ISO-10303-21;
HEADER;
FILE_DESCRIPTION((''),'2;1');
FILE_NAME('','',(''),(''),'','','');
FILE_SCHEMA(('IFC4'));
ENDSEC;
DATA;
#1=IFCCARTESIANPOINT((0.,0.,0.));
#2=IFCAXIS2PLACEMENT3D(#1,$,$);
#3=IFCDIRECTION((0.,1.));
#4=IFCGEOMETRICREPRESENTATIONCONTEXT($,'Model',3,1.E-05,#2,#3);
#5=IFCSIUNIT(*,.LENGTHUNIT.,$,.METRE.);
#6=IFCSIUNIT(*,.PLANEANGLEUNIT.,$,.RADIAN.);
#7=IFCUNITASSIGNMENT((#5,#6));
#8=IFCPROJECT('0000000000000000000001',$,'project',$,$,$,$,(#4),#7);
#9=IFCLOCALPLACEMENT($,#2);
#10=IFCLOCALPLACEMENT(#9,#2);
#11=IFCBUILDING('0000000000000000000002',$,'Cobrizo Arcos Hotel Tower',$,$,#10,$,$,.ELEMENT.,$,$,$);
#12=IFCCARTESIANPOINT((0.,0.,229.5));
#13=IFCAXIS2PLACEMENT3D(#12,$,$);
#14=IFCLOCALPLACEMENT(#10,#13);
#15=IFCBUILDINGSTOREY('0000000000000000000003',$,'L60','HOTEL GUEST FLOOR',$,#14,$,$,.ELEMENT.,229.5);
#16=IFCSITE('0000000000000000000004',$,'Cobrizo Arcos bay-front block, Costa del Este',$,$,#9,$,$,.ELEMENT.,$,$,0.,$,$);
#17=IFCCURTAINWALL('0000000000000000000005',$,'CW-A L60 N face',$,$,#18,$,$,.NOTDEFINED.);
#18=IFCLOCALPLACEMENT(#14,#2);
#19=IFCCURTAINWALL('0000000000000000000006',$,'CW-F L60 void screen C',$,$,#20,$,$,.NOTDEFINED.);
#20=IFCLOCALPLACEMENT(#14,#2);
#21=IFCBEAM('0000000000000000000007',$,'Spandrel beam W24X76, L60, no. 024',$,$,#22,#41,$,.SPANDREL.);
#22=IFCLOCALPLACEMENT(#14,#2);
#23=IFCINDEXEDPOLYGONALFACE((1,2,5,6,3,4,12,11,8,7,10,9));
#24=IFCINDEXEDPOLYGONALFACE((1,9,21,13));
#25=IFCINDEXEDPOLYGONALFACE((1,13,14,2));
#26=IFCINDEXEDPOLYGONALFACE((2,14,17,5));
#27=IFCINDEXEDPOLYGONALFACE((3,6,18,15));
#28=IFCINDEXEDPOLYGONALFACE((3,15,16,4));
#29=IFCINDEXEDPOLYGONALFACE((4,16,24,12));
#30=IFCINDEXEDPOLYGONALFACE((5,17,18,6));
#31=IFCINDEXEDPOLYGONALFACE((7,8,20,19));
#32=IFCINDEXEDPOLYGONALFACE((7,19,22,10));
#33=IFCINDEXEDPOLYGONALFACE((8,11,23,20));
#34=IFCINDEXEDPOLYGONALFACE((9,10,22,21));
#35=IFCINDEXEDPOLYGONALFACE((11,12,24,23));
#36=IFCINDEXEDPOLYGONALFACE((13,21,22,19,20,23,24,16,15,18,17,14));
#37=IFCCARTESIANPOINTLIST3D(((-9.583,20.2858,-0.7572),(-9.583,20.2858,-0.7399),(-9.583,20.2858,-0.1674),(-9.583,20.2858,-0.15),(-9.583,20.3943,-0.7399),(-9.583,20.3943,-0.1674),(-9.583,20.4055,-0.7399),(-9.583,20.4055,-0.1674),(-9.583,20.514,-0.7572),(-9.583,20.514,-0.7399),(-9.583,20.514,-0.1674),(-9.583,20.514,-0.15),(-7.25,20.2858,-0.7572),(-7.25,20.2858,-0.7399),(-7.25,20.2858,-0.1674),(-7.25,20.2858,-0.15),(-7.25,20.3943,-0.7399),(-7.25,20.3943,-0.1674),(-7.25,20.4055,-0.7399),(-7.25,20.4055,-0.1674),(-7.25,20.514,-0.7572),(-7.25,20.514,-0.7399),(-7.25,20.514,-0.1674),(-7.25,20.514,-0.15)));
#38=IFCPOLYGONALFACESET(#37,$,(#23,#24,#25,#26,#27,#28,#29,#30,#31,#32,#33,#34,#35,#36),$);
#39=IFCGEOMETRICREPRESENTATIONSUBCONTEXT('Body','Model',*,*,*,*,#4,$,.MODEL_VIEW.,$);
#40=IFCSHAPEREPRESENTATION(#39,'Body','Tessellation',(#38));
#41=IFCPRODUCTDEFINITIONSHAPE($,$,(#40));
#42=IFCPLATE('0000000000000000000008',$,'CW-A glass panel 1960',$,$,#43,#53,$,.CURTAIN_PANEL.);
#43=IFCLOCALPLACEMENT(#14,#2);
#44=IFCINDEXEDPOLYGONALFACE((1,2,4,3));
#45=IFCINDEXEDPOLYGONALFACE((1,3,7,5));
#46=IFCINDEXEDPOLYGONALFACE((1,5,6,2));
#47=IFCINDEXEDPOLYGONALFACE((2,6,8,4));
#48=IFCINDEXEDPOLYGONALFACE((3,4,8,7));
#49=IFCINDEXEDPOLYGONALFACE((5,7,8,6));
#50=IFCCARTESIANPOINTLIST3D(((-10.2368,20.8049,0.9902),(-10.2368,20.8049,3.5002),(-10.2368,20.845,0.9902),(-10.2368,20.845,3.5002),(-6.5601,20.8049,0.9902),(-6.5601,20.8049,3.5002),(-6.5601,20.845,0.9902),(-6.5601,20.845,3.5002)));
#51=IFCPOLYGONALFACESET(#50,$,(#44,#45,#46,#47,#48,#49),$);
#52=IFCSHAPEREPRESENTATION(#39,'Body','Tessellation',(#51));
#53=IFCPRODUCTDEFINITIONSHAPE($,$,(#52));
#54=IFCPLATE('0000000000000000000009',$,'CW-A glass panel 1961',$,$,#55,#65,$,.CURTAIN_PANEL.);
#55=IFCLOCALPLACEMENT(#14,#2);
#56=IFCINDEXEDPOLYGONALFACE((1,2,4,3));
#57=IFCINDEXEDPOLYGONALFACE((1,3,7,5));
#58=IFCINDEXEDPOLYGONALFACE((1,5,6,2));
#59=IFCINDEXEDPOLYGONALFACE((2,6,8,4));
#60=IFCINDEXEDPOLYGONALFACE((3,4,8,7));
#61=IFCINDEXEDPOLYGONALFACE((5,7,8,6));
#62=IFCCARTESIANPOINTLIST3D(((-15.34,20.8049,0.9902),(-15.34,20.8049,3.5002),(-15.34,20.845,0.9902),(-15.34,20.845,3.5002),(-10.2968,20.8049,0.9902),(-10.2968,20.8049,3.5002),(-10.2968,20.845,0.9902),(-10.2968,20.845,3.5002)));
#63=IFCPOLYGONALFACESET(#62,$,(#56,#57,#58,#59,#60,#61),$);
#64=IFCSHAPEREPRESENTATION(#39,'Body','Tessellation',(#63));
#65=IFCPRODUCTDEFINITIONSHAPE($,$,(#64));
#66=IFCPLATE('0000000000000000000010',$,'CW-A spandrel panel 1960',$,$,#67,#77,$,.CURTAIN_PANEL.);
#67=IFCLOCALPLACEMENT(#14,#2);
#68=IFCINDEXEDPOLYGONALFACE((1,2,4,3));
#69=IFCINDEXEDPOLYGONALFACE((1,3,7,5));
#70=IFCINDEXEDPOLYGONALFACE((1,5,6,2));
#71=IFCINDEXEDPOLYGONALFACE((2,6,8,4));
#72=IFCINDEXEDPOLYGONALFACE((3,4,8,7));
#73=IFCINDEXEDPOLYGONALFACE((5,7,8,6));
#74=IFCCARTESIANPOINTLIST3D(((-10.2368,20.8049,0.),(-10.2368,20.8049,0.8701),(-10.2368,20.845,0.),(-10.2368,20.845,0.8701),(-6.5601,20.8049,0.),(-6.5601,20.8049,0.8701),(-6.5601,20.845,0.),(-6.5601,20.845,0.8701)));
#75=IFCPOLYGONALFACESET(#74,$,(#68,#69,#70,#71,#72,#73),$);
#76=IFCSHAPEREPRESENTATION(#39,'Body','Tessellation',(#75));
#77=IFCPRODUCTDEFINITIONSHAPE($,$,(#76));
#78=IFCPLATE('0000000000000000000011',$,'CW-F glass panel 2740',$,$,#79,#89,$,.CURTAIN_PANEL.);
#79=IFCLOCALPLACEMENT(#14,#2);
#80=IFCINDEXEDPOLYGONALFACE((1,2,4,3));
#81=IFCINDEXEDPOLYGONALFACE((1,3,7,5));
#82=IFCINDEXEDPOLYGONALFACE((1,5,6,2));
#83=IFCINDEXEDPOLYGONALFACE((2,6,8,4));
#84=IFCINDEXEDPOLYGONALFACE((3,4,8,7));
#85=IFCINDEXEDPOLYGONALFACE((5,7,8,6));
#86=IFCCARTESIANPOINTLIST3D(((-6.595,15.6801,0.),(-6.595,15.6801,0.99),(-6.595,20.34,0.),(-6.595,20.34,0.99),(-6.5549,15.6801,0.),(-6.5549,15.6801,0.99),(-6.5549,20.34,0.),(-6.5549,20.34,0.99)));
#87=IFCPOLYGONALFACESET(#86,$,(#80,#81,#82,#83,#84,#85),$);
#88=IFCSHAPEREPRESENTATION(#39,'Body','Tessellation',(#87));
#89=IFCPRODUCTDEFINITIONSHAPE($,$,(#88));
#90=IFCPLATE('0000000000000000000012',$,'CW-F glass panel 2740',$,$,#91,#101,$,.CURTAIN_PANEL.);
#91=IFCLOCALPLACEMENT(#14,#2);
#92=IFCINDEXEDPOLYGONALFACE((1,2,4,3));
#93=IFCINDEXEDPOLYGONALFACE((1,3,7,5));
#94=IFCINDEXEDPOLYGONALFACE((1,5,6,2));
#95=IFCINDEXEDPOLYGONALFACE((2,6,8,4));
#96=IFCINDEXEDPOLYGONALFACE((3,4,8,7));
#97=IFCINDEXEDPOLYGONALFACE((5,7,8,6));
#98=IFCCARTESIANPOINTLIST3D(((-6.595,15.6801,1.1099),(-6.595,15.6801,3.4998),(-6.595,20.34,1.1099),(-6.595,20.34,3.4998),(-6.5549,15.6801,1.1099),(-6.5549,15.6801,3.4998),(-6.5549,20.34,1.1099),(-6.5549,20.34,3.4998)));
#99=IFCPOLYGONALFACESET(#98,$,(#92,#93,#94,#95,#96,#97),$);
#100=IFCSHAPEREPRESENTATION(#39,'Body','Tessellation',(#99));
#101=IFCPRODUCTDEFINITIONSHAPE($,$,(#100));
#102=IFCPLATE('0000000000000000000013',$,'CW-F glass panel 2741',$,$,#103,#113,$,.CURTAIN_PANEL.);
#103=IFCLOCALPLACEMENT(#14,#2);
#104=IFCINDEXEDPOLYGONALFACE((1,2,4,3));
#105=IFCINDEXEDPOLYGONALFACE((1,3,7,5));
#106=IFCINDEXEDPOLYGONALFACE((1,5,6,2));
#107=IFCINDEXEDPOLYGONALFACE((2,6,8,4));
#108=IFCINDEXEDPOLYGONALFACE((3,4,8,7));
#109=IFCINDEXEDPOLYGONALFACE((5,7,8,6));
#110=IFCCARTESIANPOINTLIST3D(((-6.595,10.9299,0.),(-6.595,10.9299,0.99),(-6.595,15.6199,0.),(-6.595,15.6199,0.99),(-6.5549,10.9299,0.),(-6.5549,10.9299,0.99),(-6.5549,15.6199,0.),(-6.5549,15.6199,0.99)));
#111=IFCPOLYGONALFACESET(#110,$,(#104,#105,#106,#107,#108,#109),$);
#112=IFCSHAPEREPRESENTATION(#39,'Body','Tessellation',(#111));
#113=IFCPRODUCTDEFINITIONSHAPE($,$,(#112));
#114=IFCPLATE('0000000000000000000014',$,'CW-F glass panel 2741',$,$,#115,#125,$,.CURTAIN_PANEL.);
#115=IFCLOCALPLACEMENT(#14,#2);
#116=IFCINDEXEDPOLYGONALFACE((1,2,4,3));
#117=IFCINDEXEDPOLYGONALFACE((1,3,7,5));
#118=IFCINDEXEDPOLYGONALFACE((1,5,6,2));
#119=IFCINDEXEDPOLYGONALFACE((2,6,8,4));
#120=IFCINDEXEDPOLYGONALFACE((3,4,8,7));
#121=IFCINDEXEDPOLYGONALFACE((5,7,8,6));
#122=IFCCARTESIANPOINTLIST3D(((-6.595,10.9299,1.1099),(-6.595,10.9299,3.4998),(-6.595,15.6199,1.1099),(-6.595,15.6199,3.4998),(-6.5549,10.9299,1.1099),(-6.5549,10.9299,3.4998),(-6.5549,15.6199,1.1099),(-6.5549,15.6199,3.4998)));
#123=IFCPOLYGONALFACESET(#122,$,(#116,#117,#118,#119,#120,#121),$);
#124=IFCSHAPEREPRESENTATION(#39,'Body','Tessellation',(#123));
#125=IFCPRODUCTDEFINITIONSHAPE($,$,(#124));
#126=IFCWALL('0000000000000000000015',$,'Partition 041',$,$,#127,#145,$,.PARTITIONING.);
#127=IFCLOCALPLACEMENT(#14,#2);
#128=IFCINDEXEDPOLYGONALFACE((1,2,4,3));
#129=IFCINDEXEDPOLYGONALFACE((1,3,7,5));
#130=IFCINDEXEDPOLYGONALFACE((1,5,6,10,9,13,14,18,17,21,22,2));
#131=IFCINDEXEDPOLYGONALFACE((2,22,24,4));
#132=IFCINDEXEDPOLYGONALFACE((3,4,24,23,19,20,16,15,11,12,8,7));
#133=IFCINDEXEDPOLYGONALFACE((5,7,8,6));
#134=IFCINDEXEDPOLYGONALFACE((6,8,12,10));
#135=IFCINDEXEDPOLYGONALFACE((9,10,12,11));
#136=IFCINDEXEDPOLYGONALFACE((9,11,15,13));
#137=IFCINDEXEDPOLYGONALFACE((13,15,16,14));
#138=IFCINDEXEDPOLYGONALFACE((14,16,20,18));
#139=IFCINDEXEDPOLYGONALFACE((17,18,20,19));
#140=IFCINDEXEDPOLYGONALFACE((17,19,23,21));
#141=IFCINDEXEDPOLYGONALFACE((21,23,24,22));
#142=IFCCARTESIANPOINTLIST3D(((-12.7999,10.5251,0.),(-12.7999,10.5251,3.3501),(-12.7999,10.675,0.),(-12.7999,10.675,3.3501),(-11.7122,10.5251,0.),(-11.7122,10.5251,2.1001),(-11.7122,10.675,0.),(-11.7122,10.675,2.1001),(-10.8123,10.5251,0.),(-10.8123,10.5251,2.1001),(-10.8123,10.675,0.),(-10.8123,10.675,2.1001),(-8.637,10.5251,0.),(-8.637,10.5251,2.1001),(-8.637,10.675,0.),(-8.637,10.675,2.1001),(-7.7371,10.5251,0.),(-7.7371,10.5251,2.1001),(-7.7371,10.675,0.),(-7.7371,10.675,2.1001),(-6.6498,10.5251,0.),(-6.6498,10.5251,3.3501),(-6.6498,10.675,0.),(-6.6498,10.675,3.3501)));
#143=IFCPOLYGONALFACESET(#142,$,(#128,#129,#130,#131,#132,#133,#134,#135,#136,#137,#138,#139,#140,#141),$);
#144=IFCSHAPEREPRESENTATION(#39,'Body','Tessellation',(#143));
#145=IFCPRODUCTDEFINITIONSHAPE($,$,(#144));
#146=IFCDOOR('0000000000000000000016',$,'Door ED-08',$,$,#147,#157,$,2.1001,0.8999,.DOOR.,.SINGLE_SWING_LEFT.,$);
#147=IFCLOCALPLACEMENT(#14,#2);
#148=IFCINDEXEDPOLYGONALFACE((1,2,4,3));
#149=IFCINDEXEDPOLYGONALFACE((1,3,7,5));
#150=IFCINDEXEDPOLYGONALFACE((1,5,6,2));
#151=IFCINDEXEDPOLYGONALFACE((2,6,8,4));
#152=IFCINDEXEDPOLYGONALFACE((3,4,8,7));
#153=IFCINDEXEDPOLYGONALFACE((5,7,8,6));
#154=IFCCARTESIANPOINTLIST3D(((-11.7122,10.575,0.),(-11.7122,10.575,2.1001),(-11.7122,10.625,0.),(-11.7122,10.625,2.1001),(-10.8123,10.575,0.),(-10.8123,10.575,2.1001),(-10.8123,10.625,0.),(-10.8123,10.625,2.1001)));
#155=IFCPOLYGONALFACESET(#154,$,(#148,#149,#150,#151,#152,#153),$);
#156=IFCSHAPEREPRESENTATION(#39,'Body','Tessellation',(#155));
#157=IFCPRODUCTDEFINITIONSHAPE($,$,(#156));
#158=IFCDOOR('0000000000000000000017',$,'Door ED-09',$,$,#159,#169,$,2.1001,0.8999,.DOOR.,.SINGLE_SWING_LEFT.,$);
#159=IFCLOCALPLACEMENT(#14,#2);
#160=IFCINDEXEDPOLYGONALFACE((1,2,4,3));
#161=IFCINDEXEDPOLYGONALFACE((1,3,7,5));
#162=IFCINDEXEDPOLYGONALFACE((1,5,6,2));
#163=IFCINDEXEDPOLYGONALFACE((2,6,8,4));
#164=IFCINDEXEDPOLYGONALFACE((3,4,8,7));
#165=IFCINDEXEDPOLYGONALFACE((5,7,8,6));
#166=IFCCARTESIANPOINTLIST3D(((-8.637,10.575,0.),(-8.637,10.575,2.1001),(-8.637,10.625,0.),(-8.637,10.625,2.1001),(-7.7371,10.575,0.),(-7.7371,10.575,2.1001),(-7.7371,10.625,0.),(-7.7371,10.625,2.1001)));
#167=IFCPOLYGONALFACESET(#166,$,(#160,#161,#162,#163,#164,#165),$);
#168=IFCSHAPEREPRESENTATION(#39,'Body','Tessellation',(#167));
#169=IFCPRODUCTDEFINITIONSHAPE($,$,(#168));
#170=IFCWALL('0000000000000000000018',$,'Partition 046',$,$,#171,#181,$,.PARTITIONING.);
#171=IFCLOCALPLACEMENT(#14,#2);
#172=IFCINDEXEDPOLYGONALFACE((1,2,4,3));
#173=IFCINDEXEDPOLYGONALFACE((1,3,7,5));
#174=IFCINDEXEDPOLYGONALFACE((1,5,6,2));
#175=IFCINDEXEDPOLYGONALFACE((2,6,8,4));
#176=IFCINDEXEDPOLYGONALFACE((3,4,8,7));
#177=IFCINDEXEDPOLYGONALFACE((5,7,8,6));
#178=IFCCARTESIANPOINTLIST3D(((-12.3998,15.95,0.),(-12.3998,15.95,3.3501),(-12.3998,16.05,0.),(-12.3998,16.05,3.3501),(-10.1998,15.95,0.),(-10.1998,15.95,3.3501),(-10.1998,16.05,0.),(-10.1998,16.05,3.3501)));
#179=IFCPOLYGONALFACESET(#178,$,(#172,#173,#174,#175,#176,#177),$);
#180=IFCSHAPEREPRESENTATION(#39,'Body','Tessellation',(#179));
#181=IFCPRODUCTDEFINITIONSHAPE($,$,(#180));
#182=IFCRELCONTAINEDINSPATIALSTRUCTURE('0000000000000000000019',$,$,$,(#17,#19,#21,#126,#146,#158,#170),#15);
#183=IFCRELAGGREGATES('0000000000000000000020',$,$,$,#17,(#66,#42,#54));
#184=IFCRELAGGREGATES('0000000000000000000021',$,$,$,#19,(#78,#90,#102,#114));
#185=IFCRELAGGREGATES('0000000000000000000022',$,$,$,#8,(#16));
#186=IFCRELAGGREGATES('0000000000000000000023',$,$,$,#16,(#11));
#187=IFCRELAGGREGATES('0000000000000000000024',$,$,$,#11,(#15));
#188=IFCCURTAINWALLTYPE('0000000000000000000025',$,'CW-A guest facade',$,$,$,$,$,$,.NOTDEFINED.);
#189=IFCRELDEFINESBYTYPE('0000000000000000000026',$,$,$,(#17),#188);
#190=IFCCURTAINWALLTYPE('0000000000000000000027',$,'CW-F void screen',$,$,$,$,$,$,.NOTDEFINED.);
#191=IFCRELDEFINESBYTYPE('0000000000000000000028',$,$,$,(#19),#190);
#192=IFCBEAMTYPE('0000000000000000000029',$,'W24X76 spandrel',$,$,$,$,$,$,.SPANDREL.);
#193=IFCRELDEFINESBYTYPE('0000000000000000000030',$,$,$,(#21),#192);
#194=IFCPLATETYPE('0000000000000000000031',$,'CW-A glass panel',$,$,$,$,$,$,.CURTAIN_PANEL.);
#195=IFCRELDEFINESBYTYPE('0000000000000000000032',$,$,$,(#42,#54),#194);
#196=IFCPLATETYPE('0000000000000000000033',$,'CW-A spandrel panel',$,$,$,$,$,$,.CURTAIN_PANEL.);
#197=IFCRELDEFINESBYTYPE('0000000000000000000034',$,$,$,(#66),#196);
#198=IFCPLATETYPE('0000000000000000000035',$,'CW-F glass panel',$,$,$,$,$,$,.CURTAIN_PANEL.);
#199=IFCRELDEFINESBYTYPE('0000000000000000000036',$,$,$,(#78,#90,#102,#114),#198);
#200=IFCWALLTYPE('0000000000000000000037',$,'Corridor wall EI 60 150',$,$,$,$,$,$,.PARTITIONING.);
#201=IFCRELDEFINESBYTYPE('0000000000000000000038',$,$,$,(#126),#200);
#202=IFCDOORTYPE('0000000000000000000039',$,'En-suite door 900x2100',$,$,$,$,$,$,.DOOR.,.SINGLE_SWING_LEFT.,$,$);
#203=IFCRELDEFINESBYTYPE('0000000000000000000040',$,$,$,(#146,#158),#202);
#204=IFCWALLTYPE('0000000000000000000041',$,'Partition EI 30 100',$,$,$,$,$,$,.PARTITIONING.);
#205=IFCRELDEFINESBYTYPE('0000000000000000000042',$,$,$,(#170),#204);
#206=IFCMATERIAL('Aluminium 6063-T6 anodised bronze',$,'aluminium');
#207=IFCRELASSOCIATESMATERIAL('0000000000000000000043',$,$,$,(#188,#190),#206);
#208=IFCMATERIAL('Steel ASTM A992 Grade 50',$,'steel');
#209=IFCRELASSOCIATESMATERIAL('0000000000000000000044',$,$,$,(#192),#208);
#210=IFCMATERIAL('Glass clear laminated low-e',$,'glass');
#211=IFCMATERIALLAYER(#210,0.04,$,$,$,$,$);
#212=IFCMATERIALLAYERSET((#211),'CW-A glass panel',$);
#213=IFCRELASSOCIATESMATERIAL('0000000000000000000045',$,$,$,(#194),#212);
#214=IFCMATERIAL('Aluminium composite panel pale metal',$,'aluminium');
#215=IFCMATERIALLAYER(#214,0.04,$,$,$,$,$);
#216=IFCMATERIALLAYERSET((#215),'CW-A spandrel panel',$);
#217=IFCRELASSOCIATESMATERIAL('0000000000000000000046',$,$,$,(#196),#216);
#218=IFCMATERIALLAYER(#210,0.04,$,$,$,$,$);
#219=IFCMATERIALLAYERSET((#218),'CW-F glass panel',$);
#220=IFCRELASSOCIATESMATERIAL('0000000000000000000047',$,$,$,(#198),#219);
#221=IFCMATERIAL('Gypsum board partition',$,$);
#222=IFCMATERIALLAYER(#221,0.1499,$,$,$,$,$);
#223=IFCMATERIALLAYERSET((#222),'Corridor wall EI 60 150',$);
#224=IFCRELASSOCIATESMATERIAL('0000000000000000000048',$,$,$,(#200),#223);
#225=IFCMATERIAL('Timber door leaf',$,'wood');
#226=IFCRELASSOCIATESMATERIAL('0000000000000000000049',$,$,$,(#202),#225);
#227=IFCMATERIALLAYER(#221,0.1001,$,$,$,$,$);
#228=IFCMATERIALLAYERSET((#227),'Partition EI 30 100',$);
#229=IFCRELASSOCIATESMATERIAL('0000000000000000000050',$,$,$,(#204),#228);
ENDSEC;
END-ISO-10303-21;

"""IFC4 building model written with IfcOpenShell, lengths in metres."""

from ifc_helpers import new_model, si_unit, direction, frame, frame_2d, origin, origin_2d, place, context, subcontext, project, spatial, rectangle, i_section, extrude, material, layer, layer_set, material_profile, profile_set, type_object, element, fill, aggregate, save


model = new_model("IFC4")

# Units and contexts
model_context = context("Model", 3, precision=1e-05, world=origin(), true_north=direction((0.0, 1.0)))
body_context = subcontext(model_context, "Body", "Model", "MODEL_VIEW")
ifc_project = project(units=[si_unit("LENGTHUNIT", "METRE"), si_unit("PLANEANGLEUNIT", "RADIAN")], contexts=[model_context])

# Site, building, storey
site_placement = place(None, origin())
site = spatial("IfcSite", under=ifc_project, at=site_placement, Name="Cobrizo Arcos bay-front block, Costa del Este", CompositionType="ELEMENT", RefElevation=0.0)
building_placement = place(site_placement, origin())
building = spatial("IfcBuilding", under=site, at=building_placement, Name="Cobrizo Arcos Hotel Tower", CompositionType="ELEMENT")
storey_placement = place(building_placement, frame((0.0, 0.0, 229.5)))
storey = spatial("IfcBuildingStorey", under=building, at=storey_placement, Name="L60", Description="HOTEL GUEST FLOOR", CompositionType="ELEMENT", Elevation=229.5)

# Shared definitions
ifc_material_1 = material(Name="Aluminium 6063-T6 anodised bronze", Category="aluminium")
curtain_wall_type_1 = type_object("IfcCurtainWallType", Name="CW-A guest facade", PredefinedType="NOTDEFINED", material=ifc_material_1)

# Curtain walls
curtain_wall_1_placement = place(storey_placement, origin())
curtain_wall_1 = element("IfcCurtainWall", 1, at=curtain_wall_1_placement, inside=storey, type_object=curtain_wall_type_1, Name="CW-A L60 N face", PredefinedType="NOTDEFINED")
curtain_wall_type_2 = type_object("IfcCurtainWallType", Name="CW-F void screen", PredefinedType="NOTDEFINED", material=ifc_material_1)
curtain_wall_2_placement = place(storey_placement, origin())
curtain_wall_2 = element("IfcCurtainWall", 2, at=curtain_wall_2_placement, inside=storey, type_object=curtain_wall_type_2, Name="CW-F L60 void screen C", PredefinedType="NOTDEFINED")

# Beam
ifc_material_2 = material(Name="Steel ASTM A992 Grade 50", Category="steel")
ifc_material_profile_1 = material_profile(ifc_material_2, i_section(OverallWidth=0.2283, OverallDepth=0.6072, WebThickness=0.0112, FlangeThickness=0.0173, at=origin_2d()), Name="W24X76")
ifc_profile_set_1 = profile_set([ifc_material_profile_1], Name="Steel ASTM A992 Grade 50")
beam_type = type_object("IfcBeamType", Name="W24X76 spandrel", PredefinedType="SPANDREL", material=ifc_profile_set_1)
beam_placement = place(storey_placement, frame((-9.583, 20.3999, -0.4536), z_axis=(1.0, 0.0, 0.0), x_axis=(0.0, 1.0, 0.0)))
element("IfcBeam", 3, at=beam_placement, inside=storey, type_object=beam_type, Name="Spandrel beam W24X76, L60, no. 024", PredefinedType="SPANDREL", context=body_context, shape_type="SweptSolid", body=[
    extrude(i_section(OverallWidth=0.2283, OverallDepth=0.6072, WebThickness=0.0112, FlangeThickness=0.0173, at=origin_2d()), origin(), (0.0, 0.0, 1.0), 2.333),
])

# Plates
ifc_material_3 = material(Name="Glass clear laminated low-e", Category="glass")
ifc_layer_1 = layer(ifc_material_3, 0.04)
ifc_layer_set_1 = layer_set([ifc_layer_1], Name="CW-A glass panel")
plate_type_1 = type_object("IfcPlateType", Name="CW-A glass panel", PredefinedType="CURTAIN_PANEL", material=ifc_layer_set_1)
plate_1_placement = place(storey_placement, frame((-8.3984, 20.825, 0.9902), z_axis=(0.0, 0.0, 1.0), x_axis=(-1.0, 0.0, 0.0)))
plate_1 = element("IfcPlate", 4, at=plate_1_placement, type_object=plate_type_1, Name="CW-A glass panel 1960", PredefinedType="CURTAIN_PANEL", context=body_context, shape_type="SweptSolid", body=[
    extrude(rectangle(XDim=3.6768, YDim=0.04, at=origin_2d()), origin(), (0.0, 0.0, 1.0), 2.51),
])
plate_2_placement = place(storey_placement, frame((-12.8184, 20.825, 0.9902), z_axis=(0.0, 0.0, 1.0), x_axis=(-1.0, 0.0, 0.0)))
plate_2 = element("IfcPlate", 5, at=plate_2_placement, type_object=plate_type_1, Name="CW-A glass panel 1961", PredefinedType="CURTAIN_PANEL", context=body_context, shape_type="SweptSolid", body=[
    extrude(rectangle(XDim=5.0432, YDim=0.04, at=origin_2d()), origin(), (0.0, 0.0, 1.0), 2.51),
])
ifc_material_4 = material(Name="Aluminium composite panel pale metal", Category="aluminium")
ifc_layer_2 = layer(ifc_material_4, 0.04)
ifc_layer_set_2 = layer_set([ifc_layer_2], Name="CW-A spandrel panel")
plate_type_2 = type_object("IfcPlateType", Name="CW-A spandrel panel", PredefinedType="CURTAIN_PANEL", material=ifc_layer_set_2)
plate_3_placement = place(storey_placement, frame((-8.3984, 20.825, 0.0), z_axis=(0.0, 0.0, 1.0), x_axis=(-1.0, 0.0, 0.0)))
plate_3 = element("IfcPlate", 6, at=plate_3_placement, type_object=plate_type_2, Name="CW-A spandrel panel 1960", PredefinedType="CURTAIN_PANEL", context=body_context, shape_type="SweptSolid", body=[
    extrude(rectangle(XDim=3.6768, YDim=0.04, at=origin_2d()), origin(), (0.0, 0.0, 1.0), 0.8701),
])
aggregate(curtain_wall_1, [plate_3, plate_1, plate_2])
ifc_layer_3 = layer(ifc_material_3, 0.04)
ifc_layer_set_3 = layer_set([ifc_layer_3], Name="CW-F glass panel")
plate_type_3 = type_object("IfcPlateType", Name="CW-F glass panel", PredefinedType="CURTAIN_PANEL", material=ifc_layer_set_3)
plate_4_placement = place(storey_placement, frame((-6.575, 18.01, 0.0), z_axis=(0.0, 0.0, 1.0), x_axis=(0.0, -1.0, 0.0)))
plate_4 = element("IfcPlate", 7, at=plate_4_placement, type_object=plate_type_3, Name="CW-F glass panel 2740", PredefinedType="CURTAIN_PANEL", context=body_context, shape_type="SweptSolid", body=[
    extrude(rectangle(XDim=4.6599, YDim=0.04, at=origin_2d()), origin(), (0.0, 0.0, 1.0), 0.99),
])
plate_5_placement = place(storey_placement, frame((-6.575, 18.01, 1.1099), z_axis=(0.0, 0.0, 1.0), x_axis=(0.0, -1.0, 0.0)))
plate_5 = element("IfcPlate", 8, at=plate_5_placement, type_object=plate_type_3, Name="CW-F glass panel 2740", PredefinedType="CURTAIN_PANEL", context=body_context, shape_type="SweptSolid", body=[
    extrude(rectangle(XDim=4.6599, YDim=0.04, at=origin_2d()), origin(), (0.0, 0.0, 1.0), 2.3899),
])
plate_6_placement = place(storey_placement, frame((-6.575, 13.2749, 0.0), z_axis=(0.0, 0.0, 1.0), x_axis=(0.0, -1.0, 0.0)))
plate_6 = element("IfcPlate", 9, at=plate_6_placement, type_object=plate_type_3, Name="CW-F glass panel 2741", PredefinedType="CURTAIN_PANEL", context=body_context, shape_type="SweptSolid", body=[
    extrude(rectangle(XDim=4.6899, YDim=0.04, at=origin_2d()), origin(), (0.0, 0.0, 1.0), 0.99),
])
plate_7_placement = place(storey_placement, frame((-6.575, 13.2749, 1.1099), z_axis=(0.0, 0.0, 1.0), x_axis=(0.0, -1.0, 0.0)))
plate_7 = element("IfcPlate", 10, at=plate_7_placement, type_object=plate_type_3, Name="CW-F glass panel 2741", PredefinedType="CURTAIN_PANEL", context=body_context, shape_type="SweptSolid", body=[
    extrude(rectangle(XDim=4.6899, YDim=0.04, at=origin_2d()), origin(), (0.0, 0.0, 1.0), 2.3899),
])
aggregate(curtain_wall_2, [plate_4, plate_5, plate_6, plate_7])

# Wall, openings, doors
ifc_material_5 = material(Name="Gypsum board partition")
ifc_layer_4 = layer(ifc_material_5, 0.1499)
ifc_layer_set_4 = layer_set([ifc_layer_4], Name="Corridor wall EI 60 150")
wall_type_1 = type_object("IfcWallType", Name="Corridor wall EI 60 150", PredefinedType="PARTITIONING", material=ifc_layer_set_4)
wall_1_placement = place(storey_placement, frame((-12.8, 10.6001, 0.0), z_axis=(0.0, 0.0, 1.0), x_axis=(1.0, 0.0, 0.0)))
wall_1 = element("IfcWall", 11, at=wall_1_placement, inside=storey, type_object=wall_type_1, Name="Partition 041", PredefinedType="PARTITIONING", context=body_context, shape_type="SweptSolid", body=[
    extrude(rectangle(XDim=6.1501, YDim=0.1499, at=frame_2d((3.0752, 0.0))), origin(), (0.0, 0.0, 1.0), 3.3501),
])
opening_1_placement = place(wall_1_placement, frame((1.0879, 0.0, 0.0)))
opening_1 = element("IfcOpeningElement", 12, at=opening_1_placement, cuts=wall_1, PredefinedType="OPENING", context=body_context, shape_type="SweptSolid", body=[
    extrude(rectangle(XDim=0.8999, YDim=2.1001, at=frame_2d((0.45, 1.05))), frame((0.0, 0.0869, 0.0), z_axis=(0.0, -1.0, 0.0), x_axis=(1.0, 0.0, 0.0)), (0.0, 0.0, 1.0), 0.1738),
])
opening_2_placement = place(wall_1_placement, frame((4.1631, 0.0, 0.0)))
opening_2 = element("IfcOpeningElement", 13, at=opening_2_placement, cuts=wall_1, PredefinedType="OPENING", context=body_context, shape_type="SweptSolid", body=[
    extrude(rectangle(XDim=0.8999, YDim=2.1001, at=frame_2d((0.45, 1.05))), frame((0.0, 0.0869, 0.0), z_axis=(0.0, -1.0, 0.0), x_axis=(1.0, 0.0, 0.0)), (0.0, 0.0, 1.0), 0.1738),
])
ifc_material_6 = material(Name="Timber door leaf", Category="wood")
door_type = type_object("IfcDoorType", Name="En-suite door 900x2100", OperationType="SINGLE_SWING_LEFT", PredefinedType="DOOR", material=ifc_material_6)
door_1_placement = place(opening_1_placement, origin())
door_1 = element("IfcDoor", 14, at=door_1_placement, inside=storey, type_object=door_type, Name="Door ED-08", OperationType="SINGLE_SWING_LEFT", OverallHeight=2.1001, OverallWidth=0.8999, PredefinedType="DOOR", context=body_context, shape_type="SweptSolid", body=[
    extrude(rectangle(XDim=0.8999, YDim=2.1001, at=frame_2d((0.45, 1.05))), frame((0.0, 0.0249, 0.0), z_axis=(0.0, -1.0, 0.0), x_axis=(1.0, 0.0, 0.0)), (0.0, 0.0, 1.0), 0.05),
])
fill(opening_1, door_1)
door_2_placement = place(opening_2_placement, origin())
door_2 = element("IfcDoor", 15, at=door_2_placement, inside=storey, type_object=door_type, Name="Door ED-09", OperationType="SINGLE_SWING_LEFT", OverallHeight=2.1001, OverallWidth=0.8999, PredefinedType="DOOR", context=body_context, shape_type="SweptSolid", body=[
    extrude(rectangle(XDim=0.8999, YDim=2.1001, at=frame_2d((0.45, 1.05))), frame((0.0, 0.0249, 0.0), z_axis=(0.0, -1.0, 0.0), x_axis=(1.0, 0.0, 0.0)), (0.0, 0.0, 1.0), 0.05),
])
fill(opening_2, door_2)

# Wall
ifc_layer_5 = layer(ifc_material_5, 0.1001)
ifc_layer_set_5 = layer_set([ifc_layer_5], Name="Partition EI 30 100")
wall_type_2 = type_object("IfcWallType", Name="Partition EI 30 100", PredefinedType="PARTITIONING", material=ifc_layer_set_5)
wall_2_placement = place(storey_placement, frame((-12.3999, 16.0, 0.0), z_axis=(0.0, 0.0, 1.0), x_axis=(1.0, 0.0, 0.0)))
element("IfcWall", 16, at=wall_2_placement, inside=storey, type_object=wall_type_2, Name="Partition 046", PredefinedType="PARTITIONING", context=body_context, shape_type="SweptSolid", body=[
    extrude(rectangle(XDim=2.2, YDim=0.1001, at=frame_2d((1.1001, 0.0))), origin(), (0.0, 0.0, 1.0), 3.3501),
])

save(model, "model.ifc")
